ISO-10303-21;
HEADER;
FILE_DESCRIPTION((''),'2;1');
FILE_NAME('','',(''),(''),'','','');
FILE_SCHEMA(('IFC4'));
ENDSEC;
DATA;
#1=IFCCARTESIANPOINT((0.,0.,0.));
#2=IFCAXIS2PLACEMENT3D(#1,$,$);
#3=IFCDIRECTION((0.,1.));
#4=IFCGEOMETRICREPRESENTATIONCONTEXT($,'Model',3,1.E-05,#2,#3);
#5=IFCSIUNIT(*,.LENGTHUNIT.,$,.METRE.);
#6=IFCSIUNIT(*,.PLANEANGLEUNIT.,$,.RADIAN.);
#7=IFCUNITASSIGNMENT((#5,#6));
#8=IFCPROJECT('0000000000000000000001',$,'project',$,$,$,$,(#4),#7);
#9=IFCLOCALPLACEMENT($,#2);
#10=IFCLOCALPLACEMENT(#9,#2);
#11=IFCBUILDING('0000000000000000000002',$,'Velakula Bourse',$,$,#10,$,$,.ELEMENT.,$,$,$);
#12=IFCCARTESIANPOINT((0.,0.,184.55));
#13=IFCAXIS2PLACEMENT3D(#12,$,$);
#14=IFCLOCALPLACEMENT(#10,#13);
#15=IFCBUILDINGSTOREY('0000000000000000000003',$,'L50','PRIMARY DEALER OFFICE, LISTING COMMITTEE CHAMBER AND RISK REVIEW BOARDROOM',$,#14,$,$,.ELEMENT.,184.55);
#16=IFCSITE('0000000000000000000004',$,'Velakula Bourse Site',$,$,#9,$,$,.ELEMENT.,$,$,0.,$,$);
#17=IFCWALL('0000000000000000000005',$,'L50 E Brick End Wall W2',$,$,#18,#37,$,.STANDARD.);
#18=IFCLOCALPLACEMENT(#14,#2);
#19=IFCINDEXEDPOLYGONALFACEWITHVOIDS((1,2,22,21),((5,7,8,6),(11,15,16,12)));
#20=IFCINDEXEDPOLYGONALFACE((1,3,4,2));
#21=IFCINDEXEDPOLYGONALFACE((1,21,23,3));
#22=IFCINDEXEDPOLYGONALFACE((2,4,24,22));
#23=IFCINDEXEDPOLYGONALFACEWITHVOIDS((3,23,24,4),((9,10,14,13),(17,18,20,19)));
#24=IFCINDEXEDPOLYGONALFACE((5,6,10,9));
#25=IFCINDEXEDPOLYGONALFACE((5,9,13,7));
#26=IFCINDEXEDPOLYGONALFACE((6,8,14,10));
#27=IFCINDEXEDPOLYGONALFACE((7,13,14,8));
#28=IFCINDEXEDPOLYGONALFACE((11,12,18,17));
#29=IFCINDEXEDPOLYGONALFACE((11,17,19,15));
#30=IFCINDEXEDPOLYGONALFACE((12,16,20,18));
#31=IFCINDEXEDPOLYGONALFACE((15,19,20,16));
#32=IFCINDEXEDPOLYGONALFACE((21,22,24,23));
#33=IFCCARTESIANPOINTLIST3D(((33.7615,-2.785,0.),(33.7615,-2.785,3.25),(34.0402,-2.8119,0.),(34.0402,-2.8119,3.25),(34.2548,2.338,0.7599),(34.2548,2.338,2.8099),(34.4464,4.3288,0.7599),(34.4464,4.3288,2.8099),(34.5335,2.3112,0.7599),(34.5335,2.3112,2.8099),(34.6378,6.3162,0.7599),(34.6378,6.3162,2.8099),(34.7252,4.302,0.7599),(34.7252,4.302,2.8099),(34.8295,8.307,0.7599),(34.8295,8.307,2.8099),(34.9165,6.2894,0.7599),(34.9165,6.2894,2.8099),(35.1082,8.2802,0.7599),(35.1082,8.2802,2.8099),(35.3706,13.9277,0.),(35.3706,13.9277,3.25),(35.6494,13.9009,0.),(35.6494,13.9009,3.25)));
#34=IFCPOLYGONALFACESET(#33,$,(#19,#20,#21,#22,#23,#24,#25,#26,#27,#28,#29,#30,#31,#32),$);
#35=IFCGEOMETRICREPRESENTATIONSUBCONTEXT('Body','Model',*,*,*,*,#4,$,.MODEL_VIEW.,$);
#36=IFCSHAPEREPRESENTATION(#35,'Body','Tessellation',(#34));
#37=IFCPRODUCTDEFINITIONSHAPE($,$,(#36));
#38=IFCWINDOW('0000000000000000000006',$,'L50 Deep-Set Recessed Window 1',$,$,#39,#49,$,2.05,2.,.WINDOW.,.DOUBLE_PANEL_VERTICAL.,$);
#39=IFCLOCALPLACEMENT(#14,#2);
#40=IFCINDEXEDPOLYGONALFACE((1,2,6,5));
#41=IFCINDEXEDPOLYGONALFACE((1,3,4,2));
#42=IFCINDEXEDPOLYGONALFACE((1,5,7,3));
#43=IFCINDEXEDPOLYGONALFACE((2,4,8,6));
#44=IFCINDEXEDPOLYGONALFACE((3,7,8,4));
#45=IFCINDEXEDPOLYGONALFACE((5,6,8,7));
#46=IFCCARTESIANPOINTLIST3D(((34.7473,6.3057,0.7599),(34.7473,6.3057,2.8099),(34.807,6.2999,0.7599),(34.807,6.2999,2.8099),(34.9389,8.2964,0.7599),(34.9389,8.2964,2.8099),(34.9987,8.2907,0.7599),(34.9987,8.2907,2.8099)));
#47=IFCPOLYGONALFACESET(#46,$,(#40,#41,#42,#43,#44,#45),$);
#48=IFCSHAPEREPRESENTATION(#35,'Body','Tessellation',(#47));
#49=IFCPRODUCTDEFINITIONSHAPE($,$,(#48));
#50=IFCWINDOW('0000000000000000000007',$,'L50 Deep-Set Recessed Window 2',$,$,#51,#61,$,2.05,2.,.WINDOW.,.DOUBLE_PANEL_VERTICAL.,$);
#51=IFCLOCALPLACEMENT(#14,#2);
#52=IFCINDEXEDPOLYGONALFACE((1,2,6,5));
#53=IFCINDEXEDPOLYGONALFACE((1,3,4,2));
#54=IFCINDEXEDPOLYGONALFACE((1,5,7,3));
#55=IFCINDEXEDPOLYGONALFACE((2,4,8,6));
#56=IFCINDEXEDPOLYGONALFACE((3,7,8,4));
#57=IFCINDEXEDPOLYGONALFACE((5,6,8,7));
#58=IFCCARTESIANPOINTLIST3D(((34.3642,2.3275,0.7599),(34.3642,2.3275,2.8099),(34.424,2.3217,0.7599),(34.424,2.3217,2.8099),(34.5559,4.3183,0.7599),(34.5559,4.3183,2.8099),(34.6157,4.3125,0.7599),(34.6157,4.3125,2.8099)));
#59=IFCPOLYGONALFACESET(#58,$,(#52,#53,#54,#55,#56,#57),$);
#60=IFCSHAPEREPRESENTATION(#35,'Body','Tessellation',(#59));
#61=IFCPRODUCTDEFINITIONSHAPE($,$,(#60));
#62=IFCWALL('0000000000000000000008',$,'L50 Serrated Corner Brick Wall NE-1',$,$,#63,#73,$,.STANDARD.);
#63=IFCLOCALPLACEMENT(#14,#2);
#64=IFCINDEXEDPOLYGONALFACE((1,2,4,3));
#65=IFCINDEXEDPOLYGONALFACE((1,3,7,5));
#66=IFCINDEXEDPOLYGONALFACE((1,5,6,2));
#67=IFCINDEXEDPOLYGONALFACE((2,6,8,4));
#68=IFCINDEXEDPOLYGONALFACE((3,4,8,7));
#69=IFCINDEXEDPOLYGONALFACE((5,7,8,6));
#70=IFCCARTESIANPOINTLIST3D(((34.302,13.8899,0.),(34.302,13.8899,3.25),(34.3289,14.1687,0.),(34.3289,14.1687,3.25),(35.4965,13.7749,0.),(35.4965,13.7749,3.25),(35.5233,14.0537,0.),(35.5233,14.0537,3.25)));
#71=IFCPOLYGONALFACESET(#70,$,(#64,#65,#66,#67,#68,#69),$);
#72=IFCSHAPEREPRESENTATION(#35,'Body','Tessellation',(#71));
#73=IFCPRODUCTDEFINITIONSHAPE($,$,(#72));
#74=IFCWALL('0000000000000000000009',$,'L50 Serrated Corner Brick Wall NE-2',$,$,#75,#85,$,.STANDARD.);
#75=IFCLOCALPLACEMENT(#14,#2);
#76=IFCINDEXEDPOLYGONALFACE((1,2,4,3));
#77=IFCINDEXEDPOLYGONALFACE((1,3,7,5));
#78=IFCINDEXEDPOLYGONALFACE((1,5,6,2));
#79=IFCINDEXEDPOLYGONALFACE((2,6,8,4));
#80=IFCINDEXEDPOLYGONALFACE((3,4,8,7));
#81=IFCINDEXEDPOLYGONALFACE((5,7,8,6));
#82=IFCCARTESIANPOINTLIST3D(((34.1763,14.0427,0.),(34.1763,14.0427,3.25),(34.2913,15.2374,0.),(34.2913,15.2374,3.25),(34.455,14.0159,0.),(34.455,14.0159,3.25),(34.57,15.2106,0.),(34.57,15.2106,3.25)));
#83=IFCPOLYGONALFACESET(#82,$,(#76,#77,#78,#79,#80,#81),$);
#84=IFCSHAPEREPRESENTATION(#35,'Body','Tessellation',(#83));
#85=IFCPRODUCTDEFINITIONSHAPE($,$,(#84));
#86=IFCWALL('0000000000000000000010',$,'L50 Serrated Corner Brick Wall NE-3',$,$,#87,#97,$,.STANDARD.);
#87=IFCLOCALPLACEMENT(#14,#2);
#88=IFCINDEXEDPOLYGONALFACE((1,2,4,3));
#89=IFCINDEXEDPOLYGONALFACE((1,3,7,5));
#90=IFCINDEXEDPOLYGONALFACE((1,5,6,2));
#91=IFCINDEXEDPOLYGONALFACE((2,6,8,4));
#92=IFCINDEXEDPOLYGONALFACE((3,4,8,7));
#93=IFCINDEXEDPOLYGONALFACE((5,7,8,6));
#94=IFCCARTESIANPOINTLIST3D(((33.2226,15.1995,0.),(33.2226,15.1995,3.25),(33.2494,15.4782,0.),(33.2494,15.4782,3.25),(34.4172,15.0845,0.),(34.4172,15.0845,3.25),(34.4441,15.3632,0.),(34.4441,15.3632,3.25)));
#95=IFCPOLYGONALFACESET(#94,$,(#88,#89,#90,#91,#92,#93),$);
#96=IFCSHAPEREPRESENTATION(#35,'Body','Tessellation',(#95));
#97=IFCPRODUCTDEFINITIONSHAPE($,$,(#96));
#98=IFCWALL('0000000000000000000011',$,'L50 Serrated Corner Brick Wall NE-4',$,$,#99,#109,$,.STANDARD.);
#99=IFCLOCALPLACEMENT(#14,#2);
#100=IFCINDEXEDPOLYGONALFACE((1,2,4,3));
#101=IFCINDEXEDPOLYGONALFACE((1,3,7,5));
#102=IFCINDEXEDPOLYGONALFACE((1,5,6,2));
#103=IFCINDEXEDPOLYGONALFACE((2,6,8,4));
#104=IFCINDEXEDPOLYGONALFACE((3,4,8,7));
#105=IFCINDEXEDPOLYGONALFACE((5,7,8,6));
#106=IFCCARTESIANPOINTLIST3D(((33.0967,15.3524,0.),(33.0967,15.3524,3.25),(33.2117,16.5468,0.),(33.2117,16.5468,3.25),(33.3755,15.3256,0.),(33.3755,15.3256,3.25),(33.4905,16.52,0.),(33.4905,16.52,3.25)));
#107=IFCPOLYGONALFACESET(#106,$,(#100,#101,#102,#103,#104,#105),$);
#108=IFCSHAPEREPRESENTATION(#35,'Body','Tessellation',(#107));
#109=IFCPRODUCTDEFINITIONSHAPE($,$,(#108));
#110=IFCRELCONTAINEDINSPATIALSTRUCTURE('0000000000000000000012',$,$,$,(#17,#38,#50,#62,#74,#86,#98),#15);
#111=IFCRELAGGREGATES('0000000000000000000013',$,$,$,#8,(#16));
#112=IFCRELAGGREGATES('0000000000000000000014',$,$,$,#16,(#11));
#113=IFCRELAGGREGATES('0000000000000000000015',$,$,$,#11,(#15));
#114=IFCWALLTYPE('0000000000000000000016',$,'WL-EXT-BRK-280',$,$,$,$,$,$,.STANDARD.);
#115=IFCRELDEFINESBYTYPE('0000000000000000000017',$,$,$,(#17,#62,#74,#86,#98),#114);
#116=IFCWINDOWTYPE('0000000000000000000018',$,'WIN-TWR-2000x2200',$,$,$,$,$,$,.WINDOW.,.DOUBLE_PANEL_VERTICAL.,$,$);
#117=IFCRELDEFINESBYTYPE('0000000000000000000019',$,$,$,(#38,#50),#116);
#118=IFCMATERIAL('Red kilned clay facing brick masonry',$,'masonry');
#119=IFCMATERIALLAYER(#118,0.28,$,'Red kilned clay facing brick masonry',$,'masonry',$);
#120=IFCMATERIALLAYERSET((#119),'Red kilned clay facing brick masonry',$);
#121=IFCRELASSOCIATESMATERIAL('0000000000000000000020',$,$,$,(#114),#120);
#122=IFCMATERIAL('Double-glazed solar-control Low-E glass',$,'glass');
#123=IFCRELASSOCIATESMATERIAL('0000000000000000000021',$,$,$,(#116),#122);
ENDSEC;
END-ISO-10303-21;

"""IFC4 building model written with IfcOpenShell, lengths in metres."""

from ifc_helpers import new_model, si_unit, direction, frame, frame_2d, origin, place, context, subcontext, project, spatial, rectangle, extrude, material, layer, layer_set, type_object, element, fill, save


model = new_model("IFC4")

# Units and contexts
model_context = context("Model", 3, precision=1e-05, world=origin(), true_north=direction((0.0, 1.0)))
body_context = subcontext(model_context, "Body", "Model", "MODEL_VIEW")
ifc_project = project(units=[si_unit("LENGTHUNIT", "METRE"), si_unit("PLANEANGLEUNIT", "RADIAN")], contexts=[model_context])

# Site, building, storey
site_placement = place(None, origin())
site = spatial("IfcSite", under=ifc_project, at=site_placement, Name="Velakula Bourse Site", CompositionType="ELEMENT", RefElevation=0.0)
building_placement = place(site_placement, origin())
building = spatial("IfcBuilding", under=site, at=building_placement, Name="Velakula Bourse", CompositionType="ELEMENT")
storey_placement = place(building_placement, frame((0.0, 0.0, 184.55)))
storey = spatial("IfcBuildingStorey", under=building, at=storey_placement, Name="L50", Description="PRIMARY DEALER OFFICE, LISTING COMMITTEE CHAMBER AND RISK REVIEW BOARDROOM", CompositionType="ELEMENT", Elevation=184.55)

# Wall, openings, windows
ifc_material_1 = material(Name="Red kilned clay facing brick masonry", Category="masonry")
ifc_layer = layer(ifc_material_1, 0.28, Name="Red kilned clay facing brick masonry", Category="masonry")
ifc_layer_set = layer_set([ifc_layer], Name="Red kilned clay facing brick masonry")
wall_type = type_object("IfcWallType", Name="WL-EXT-BRK-280", PredefinedType="STANDARD", material=ifc_layer_set)
ifc_material_2 = material(Name="Double-glazed solar-control Low-E glass", Category="glass")
wall_1_placement = place(storey_placement, frame((35.51, 13.9143, 0.0), z_axis=(0.0, 0.0, 1.0), x_axis=(-0.095839, -0.995397, 0.0)))
wall_1 = element("IfcWall", 1, at=wall_1_placement, inside=storey, type_object=wall_type, Name="L50 E Brick End Wall W2", PredefinedType="STANDARD", context=body_context, shape_type="SweptSolid", body=[
    extrude(rectangle(XDim=16.79, YDim=0.28, at=frame_2d((8.395, 0.0))), origin(), (0.0, 0.0, 1.0), 3.25),
])
opening_1_placement = place(wall_1_placement, frame((5.6467, 0.0, 0.76)))
opening_1 = element("IfcOpeningElement", 2, at=opening_1_placement, cuts=wall_1, PredefinedType="OPENING", context=body_context, shape_type="SweptSolid", body=[
    extrude(rectangle(XDim=2.0, YDim=2.05, at=frame_2d((1.0, 1.0249))), frame((0.0, 0.1499, 0.0), z_axis=(0.0, -1.0, 0.0), x_axis=(1.0, 0.0, 0.0)), (0.0, 0.0, 1.0), 0.3),
])
opening_2_placement = place(wall_1_placement, frame((9.6433, 0.0, 0.76)))
opening_2 = element("IfcOpeningElement", 3, at=opening_2_placement, cuts=wall_1, PredefinedType="OPENING", context=body_context, shape_type="SweptSolid", body=[
    extrude(rectangle(XDim=2.0, YDim=2.05, at=frame_2d((1.0, 1.0249))), frame((0.0, 0.1499, 0.0), z_axis=(0.0, -1.0, 0.0), x_axis=(1.0, 0.0, 0.0)), (0.0, 0.0, 1.0), 0.3),
])
window_type_1 = type_object("IfcWindowType", Name="WIN-TWR-2000x2200", PartitioningType="DOUBLE_PANEL_VERTICAL", PredefinedType="WINDOW", material=ifc_material_2)
window_1_placement = place(opening_1_placement, origin())
window_1 = element("IfcWindow", 4, at=window_1_placement, inside=storey, type_object=window_type_1, Name="L50 Deep-Set Recessed Window 1", OverallHeight=2.05, OverallWidth=2.0, PartitioningType="DOUBLE_PANEL_VERTICAL", PredefinedType="WINDOW", context=body_context, shape_type="SweptSolid", body=[
    extrude(rectangle(XDim=2.0, YDim=2.05, at=frame_2d((1.0, 1.0249))), frame((0.0, 0.03, 0.0), z_axis=(0.0, -1.0, 0.0), x_axis=(1.0, 0.0, 0.0)), (0.0, 0.0, 1.0), 0.0601),
])
fill(opening_1, window_1)
window_2_placement = place(opening_2_placement, origin())
window_2 = element("IfcWindow", 5, at=window_2_placement, inside=storey, type_object=window_type_1, Name="L50 Deep-Set Recessed Window 2", OverallHeight=2.05, OverallWidth=2.0, PartitioningType="DOUBLE_PANEL_VERTICAL", PredefinedType="WINDOW", context=body_context, shape_type="SweptSolid", body=[
    extrude(rectangle(XDim=2.0, YDim=2.05, at=frame_2d((1.0, 1.0249))), frame((0.0, 0.03, 0.0), z_axis=(0.0, -1.0, 0.0), x_axis=(1.0, 0.0, 0.0)), (0.0, 0.0, 1.0), 0.0601),
])
fill(opening_2, window_2)

# Walls
wall_2_placement = place(storey_placement, frame((35.51, 13.9143, 0.0), z_axis=(0.0, 0.0, 1.0), x_axis=(-0.995397, 0.095836, 0.0)))
element("IfcWall", 6, at=wall_2_placement, inside=storey, type_object=wall_type, Name="L50 Serrated Corner Brick Wall NE-1", PredefinedType="STANDARD", context=body_context, shape_type="SweptSolid", body=[
    extrude(rectangle(XDim=1.2, YDim=0.28, at=frame_2d((0.6001, 0.0))), origin(), (0.0, 0.0, 1.0), 3.25),
])
for number, where, z_axis, x_axis, name in (
    (7, (34.3157, 14.0293, 0.0), (0.0, 0.0, 1.0), (0.095817, 0.995399, 0.0), "L50 Serrated Corner Brick Wall NE-2"),
    (8, (34.4307, 15.2239, 0.0), (0.0, 0.0, 1.0), (-0.995399, 0.095817, 0.0), "L50 Serrated Corner Brick Wall NE-3"),
):
    element("IfcWall", number, at=place(storey_placement, frame(where, z_axis=z_axis, x_axis=x_axis)), inside=storey, type_object=wall_type, Name=name, PredefinedType="STANDARD", context=body_context, shape_type="SweptSolid", body=[
        extrude(rectangle(XDim=1.2002, YDim=0.28, at=frame_2d((0.6001, 0.0))), origin(), (0.0, 0.0, 1.0), 3.25),
    ])
wall_3_placement = place(storey_placement, frame((33.2361, 15.3389, 0.0), z_axis=(0.0, 0.0, 1.0), x_axis=(0.095836, 0.995397, 0.0)))
element("IfcWall", 9, at=wall_3_placement, inside=storey, type_object=wall_type, Name="L50 Serrated Corner Brick Wall NE-4", PredefinedType="STANDARD", context=body_context, shape_type="SweptSolid", body=[
    extrude(rectangle(XDim=1.2, YDim=0.28, at=frame_2d((0.6001, 0.0))), origin(), (0.0, 0.0, 1.0), 3.25),
])

save(model, "model.ifc")
